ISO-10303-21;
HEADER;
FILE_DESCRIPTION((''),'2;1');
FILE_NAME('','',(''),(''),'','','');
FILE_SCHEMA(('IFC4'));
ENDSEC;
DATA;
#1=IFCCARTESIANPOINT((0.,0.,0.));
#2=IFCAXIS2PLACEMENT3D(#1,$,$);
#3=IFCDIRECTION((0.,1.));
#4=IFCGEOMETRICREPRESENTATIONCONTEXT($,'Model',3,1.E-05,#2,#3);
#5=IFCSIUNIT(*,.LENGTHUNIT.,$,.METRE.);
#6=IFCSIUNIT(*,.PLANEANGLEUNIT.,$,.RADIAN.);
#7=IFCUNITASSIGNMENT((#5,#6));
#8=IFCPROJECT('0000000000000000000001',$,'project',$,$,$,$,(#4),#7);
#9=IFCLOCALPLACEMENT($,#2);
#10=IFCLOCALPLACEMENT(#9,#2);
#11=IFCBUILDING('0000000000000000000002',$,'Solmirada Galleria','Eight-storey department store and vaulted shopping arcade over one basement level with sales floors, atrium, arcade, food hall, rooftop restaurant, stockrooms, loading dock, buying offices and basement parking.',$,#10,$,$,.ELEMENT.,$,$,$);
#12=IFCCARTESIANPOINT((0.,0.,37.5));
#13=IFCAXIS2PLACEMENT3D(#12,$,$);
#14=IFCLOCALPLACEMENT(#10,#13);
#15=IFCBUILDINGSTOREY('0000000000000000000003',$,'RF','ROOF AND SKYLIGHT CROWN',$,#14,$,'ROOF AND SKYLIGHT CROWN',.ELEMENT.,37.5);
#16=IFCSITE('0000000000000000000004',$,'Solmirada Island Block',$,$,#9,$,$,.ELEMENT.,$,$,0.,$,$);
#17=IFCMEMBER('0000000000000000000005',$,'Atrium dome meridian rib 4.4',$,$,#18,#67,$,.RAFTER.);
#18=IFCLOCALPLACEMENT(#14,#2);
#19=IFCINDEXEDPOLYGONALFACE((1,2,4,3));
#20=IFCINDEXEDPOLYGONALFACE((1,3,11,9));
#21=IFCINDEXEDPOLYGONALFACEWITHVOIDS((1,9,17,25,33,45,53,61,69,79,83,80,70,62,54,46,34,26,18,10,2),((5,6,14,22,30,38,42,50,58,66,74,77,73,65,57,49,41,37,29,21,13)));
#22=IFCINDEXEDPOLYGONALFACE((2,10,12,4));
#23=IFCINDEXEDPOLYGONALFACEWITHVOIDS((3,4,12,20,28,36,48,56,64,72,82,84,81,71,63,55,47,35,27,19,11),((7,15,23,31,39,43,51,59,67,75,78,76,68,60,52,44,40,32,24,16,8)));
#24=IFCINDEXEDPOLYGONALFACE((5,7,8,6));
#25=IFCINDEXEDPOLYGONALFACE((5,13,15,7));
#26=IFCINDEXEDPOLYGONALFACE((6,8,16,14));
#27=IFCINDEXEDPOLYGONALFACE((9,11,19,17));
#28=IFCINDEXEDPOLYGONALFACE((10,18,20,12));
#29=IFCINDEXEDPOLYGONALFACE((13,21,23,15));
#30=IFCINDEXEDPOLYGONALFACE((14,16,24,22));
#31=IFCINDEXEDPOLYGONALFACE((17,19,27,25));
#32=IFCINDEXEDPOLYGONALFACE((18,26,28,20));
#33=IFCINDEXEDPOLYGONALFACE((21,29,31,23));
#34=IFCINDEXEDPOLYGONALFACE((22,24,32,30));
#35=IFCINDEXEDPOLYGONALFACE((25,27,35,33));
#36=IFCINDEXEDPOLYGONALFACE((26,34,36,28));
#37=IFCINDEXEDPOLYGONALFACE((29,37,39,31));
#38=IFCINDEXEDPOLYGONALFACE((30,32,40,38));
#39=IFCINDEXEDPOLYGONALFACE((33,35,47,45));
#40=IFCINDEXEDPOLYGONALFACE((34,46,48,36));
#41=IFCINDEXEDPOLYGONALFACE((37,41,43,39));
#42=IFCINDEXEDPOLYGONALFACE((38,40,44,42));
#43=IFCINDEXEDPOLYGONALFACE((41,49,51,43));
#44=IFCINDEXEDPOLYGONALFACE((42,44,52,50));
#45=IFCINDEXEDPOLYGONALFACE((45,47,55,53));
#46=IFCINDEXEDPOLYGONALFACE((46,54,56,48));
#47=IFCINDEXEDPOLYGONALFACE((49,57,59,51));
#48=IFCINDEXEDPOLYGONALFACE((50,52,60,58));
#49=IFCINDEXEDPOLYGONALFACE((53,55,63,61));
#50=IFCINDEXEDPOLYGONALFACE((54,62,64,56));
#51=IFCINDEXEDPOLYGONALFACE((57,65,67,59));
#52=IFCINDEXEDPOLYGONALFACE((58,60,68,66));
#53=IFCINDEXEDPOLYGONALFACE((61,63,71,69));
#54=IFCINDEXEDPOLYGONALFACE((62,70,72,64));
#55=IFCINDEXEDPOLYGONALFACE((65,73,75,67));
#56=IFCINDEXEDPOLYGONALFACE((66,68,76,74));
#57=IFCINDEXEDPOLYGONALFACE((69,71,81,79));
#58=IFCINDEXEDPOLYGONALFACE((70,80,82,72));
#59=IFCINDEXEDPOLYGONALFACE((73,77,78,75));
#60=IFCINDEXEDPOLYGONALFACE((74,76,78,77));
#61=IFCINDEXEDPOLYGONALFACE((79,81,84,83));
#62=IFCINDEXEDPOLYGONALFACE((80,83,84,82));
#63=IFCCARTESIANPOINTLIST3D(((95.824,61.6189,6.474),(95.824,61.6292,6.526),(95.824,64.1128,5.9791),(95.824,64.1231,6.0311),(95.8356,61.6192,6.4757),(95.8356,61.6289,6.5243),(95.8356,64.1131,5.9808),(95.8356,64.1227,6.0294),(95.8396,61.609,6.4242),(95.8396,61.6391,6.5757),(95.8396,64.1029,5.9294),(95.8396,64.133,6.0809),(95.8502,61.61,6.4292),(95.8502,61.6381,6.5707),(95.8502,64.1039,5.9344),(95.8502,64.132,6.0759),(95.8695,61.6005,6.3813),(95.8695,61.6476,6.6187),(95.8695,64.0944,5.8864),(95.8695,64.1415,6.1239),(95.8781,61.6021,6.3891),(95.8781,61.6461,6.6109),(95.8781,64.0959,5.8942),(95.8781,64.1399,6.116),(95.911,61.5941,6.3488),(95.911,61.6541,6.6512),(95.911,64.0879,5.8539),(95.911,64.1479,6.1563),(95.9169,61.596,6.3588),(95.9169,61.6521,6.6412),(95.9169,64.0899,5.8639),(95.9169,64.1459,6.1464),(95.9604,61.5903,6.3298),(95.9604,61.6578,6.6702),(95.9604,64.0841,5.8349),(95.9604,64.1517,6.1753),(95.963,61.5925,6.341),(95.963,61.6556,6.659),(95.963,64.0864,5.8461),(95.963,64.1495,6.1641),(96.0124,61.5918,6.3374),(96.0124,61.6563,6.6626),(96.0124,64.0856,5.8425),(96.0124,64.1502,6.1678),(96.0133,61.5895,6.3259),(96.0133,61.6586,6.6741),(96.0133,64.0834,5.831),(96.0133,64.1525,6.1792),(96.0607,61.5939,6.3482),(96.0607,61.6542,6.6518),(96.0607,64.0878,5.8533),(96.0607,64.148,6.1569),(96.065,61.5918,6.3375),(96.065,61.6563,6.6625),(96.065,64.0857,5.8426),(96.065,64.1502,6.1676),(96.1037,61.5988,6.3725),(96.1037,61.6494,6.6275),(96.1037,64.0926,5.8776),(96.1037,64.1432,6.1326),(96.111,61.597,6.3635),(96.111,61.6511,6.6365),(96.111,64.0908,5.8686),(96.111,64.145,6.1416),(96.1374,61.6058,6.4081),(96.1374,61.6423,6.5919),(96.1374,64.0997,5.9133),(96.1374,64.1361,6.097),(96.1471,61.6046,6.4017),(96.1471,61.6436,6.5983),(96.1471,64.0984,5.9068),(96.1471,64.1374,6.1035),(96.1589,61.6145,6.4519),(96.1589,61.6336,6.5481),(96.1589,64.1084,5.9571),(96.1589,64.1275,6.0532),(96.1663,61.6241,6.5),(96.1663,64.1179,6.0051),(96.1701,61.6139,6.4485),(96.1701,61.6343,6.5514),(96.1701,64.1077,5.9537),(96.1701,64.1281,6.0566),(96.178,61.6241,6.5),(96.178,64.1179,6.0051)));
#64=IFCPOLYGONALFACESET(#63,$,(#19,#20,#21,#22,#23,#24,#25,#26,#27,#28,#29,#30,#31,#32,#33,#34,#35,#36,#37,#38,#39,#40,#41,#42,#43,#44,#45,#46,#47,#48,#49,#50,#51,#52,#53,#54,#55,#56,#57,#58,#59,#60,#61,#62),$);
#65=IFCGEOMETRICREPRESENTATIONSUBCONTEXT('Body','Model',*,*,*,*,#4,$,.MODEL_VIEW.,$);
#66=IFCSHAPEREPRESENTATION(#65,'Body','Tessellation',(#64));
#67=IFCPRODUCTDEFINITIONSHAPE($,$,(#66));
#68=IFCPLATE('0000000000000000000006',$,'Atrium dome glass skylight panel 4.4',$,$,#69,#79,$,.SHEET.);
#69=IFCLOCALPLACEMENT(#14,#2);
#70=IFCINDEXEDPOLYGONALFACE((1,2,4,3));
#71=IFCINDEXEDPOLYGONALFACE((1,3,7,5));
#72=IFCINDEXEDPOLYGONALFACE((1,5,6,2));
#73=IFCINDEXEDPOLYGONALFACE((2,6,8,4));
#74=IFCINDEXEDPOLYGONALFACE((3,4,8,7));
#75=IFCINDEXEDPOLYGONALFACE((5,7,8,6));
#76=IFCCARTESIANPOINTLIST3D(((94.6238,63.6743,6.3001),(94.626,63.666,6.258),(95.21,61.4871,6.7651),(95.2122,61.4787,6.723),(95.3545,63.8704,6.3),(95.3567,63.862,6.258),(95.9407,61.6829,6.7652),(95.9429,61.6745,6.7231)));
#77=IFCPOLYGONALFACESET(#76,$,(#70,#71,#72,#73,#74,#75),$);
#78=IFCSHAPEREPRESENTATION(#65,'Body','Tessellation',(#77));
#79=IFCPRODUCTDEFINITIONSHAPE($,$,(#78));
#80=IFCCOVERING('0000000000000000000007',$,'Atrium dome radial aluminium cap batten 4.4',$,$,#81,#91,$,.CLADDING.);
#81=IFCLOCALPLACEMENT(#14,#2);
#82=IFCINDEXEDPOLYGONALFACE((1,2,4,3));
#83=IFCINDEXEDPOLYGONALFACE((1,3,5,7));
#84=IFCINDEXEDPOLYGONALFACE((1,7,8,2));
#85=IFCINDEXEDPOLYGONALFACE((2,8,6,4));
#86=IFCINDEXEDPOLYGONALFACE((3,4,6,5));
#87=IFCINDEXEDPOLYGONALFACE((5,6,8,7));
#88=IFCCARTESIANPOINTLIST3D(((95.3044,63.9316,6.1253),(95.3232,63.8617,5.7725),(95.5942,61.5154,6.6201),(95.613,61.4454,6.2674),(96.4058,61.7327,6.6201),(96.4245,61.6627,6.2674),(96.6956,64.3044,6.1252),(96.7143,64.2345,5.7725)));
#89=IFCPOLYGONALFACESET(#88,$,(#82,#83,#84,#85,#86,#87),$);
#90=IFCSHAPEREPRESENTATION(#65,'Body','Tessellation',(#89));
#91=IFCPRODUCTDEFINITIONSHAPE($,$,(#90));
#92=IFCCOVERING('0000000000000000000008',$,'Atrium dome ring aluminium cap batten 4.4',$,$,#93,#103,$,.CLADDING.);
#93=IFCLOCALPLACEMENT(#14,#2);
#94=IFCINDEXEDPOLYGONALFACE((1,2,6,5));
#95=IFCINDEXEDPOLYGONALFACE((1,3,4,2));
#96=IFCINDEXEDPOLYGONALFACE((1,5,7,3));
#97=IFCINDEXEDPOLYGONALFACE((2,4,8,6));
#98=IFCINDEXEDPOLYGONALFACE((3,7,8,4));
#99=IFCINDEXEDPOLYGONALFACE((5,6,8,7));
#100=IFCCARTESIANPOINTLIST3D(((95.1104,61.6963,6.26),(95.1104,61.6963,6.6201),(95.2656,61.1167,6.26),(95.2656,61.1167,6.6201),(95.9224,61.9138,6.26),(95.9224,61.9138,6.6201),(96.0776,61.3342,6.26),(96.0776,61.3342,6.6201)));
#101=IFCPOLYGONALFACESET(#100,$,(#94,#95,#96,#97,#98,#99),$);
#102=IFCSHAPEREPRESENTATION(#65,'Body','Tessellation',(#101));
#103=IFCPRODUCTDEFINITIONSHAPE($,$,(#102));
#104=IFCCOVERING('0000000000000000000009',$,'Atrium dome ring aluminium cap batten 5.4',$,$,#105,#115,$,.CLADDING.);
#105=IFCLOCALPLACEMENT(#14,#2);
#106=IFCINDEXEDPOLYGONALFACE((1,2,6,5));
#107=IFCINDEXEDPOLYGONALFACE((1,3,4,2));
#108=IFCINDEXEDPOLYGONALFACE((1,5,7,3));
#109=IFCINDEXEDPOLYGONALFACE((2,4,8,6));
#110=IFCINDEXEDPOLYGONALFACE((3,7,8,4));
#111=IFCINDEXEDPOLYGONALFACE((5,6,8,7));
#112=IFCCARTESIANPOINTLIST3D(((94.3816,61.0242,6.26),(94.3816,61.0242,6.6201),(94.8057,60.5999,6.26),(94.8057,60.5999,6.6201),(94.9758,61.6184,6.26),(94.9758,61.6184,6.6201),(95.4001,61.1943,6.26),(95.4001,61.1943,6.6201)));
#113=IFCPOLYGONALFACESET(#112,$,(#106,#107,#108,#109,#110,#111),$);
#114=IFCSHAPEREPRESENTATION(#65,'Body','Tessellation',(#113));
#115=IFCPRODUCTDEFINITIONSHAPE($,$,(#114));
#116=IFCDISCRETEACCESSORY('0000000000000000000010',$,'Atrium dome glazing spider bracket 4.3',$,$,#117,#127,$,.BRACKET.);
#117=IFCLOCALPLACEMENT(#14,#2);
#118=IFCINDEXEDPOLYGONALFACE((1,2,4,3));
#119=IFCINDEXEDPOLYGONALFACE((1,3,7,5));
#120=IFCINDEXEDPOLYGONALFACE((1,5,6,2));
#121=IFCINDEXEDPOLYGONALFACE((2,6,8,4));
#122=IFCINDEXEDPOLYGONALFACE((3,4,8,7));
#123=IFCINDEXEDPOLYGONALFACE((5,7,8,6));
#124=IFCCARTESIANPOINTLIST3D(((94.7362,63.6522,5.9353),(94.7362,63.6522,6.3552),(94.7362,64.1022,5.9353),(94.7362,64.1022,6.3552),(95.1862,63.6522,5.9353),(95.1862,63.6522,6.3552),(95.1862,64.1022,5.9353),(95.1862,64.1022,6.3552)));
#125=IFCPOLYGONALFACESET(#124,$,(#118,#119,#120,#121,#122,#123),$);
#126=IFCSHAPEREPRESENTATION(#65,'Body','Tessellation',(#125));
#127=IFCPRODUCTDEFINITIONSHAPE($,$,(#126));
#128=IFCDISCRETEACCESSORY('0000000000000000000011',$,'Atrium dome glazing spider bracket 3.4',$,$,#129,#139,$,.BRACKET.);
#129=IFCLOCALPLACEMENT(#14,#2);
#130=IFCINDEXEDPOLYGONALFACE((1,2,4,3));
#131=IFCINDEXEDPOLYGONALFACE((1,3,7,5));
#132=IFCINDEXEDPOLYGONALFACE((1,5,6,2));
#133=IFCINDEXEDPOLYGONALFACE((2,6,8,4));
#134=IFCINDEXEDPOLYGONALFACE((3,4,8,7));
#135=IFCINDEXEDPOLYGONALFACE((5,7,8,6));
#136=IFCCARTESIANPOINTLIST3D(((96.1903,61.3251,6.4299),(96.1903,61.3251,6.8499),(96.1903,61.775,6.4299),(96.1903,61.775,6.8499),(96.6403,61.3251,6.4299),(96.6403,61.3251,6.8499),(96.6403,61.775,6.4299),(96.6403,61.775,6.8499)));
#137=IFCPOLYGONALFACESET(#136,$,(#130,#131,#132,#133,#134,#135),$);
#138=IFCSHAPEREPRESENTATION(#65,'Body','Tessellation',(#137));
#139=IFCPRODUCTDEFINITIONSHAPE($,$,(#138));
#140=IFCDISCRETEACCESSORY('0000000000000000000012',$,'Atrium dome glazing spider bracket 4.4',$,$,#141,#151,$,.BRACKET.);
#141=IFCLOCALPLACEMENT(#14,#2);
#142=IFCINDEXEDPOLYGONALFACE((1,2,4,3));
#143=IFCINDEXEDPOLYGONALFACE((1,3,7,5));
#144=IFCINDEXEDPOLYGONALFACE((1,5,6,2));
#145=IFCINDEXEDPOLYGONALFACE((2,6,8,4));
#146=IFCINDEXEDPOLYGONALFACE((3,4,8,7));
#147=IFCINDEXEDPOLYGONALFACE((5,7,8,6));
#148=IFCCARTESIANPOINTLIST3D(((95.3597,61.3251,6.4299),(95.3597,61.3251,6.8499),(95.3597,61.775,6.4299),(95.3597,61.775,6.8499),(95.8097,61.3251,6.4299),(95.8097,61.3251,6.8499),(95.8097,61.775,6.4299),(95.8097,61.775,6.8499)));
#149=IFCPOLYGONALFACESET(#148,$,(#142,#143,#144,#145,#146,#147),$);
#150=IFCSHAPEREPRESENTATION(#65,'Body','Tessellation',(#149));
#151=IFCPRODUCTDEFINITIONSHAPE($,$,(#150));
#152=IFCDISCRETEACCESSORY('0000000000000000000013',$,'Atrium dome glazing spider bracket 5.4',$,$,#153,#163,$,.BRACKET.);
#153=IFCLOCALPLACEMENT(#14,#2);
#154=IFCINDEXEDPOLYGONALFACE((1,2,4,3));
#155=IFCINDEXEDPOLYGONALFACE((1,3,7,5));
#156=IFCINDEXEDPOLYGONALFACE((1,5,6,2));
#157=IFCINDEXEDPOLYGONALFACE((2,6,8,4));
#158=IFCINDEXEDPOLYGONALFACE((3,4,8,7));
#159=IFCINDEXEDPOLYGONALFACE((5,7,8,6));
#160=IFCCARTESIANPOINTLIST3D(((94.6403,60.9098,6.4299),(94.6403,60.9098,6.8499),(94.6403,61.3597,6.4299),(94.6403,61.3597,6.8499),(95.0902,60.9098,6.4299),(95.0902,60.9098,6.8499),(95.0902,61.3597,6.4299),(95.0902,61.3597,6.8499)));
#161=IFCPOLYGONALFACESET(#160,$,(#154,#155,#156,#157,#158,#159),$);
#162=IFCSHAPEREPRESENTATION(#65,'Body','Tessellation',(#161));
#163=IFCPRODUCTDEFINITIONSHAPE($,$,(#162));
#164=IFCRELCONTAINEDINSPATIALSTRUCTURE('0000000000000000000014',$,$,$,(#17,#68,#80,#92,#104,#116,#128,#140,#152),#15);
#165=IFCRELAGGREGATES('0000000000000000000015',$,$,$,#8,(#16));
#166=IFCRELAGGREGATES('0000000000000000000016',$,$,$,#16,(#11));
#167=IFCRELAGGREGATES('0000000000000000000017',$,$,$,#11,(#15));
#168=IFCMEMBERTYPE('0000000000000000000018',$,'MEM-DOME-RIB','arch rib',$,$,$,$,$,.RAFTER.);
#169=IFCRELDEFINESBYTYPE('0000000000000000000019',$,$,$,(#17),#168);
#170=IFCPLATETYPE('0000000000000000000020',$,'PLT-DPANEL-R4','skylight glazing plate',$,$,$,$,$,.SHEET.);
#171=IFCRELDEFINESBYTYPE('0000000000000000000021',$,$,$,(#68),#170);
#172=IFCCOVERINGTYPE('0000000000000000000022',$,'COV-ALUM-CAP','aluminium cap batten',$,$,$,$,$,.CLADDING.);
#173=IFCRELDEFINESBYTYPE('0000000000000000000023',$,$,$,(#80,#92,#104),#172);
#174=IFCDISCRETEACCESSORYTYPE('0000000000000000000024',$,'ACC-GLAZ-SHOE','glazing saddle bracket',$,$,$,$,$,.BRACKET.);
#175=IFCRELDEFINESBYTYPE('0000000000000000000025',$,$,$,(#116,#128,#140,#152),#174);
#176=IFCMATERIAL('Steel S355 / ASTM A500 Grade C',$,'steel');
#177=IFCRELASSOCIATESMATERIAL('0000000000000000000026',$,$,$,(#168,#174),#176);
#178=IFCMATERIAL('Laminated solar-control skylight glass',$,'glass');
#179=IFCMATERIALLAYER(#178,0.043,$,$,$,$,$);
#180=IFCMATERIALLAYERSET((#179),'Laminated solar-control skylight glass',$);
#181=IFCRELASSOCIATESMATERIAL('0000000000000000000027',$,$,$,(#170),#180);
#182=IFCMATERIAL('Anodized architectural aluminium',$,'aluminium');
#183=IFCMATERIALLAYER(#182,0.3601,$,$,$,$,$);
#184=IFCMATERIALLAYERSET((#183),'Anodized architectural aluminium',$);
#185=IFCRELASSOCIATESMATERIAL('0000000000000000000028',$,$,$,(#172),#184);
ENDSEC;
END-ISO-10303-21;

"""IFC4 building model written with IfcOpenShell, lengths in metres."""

from ifc_helpers import new_model, si_unit, direction, frame, origin, origin_2d, place, context, subcontext, project, spatial, polyline, rectangle, hollow_circle, outline, extrude, material, layer, layer_set, material_profile, profile_set, type_object, element, save


model = new_model("IFC4")

# Units and contexts
model_context = context("Model", 3, precision=1e-05, world=origin(), true_north=direction((0.0, 1.0)))
body_context = subcontext(model_context, "Body", "Model", "MODEL_VIEW")
ifc_project = project(units=[si_unit("LENGTHUNIT", "METRE"), si_unit("PLANEANGLEUNIT", "RADIAN")], contexts=[model_context])

# Site, building, storey
site_placement = place(None, origin())
site = spatial("IfcSite", under=ifc_project, at=site_placement, Name="Solmirada Island Block", CompositionType="ELEMENT", RefElevation=0.0)
building_placement = place(site_placement, origin())
building = spatial("IfcBuilding", under=site, at=building_placement, Name="Solmirada Galleria", Description="Eight-storey department store and vaulted shopping arcade over one basement level with sales floors, atrium, arcade, food hall, rooftop restaurant, stockrooms, loading dock, buying offices and basement parking.", CompositionType="ELEMENT")
storey_placement = place(building_placement, frame((0.0, 0.0, 37.5)))
storey = spatial("IfcBuildingStorey", under=building, at=storey_placement, Name="RF", Description="ROOF AND SKYLIGHT CROWN", LongName="ROOF AND SKYLIGHT CROWN", CompositionType="ELEMENT", Elevation=37.5)

# Member
ifc_material_1 = material(Name="Steel S355 / ASTM A500 Grade C", Category="steel")
ifc_material_profile_1 = material_profile(ifc_material_1, hollow_circle(Radius=0.178, WallThickness=0.0117, at=origin_2d()), Name="HSS14.000X0.500")
ifc_profile_set_1 = profile_set([ifc_material_profile_1], Name="Steel S355 / ASTM A500 Grade C")
member_type_1 = type_object("IfcMemberType", Name="MEM-DOME-RIB", Description="arch rib", PredefinedType="RAFTER", material=ifc_profile_set_1)
member_1_placement = place(storey_placement, frame((96.0, 64.1179, 6.0051), z_axis=(0.0, -0.980875, 0.194639), x_axis=(1.0, 0.0, 0.0)))
element("IfcMember", 1, at=member_1_placement, inside=storey, type_object=member_type_1, Name="Atrium dome meridian rib 4.4", PredefinedType="RAFTER", context=body_context, shape_type="SweptSolid", body=[
    extrude(hollow_circle(Radius=0.178, WallThickness=0.0117, at=origin_2d()), origin(), (0.0, 0.0, 1.0), 2.5425),
])

# Plate
ifc_material_2 = material(Name="Laminated solar-control skylight glass", Category="glass")
ifc_layer_1 = layer(ifc_material_2, 0.043)
ifc_layer_set_1 = layer_set([ifc_layer_1], Name="Laminated solar-control skylight glass")
plate_type = type_object("IfcPlateType", Name="PLT-DPANEL-R4", Description="skylight glazing plate", PredefinedType="SHEET", material=ifc_layer_set_1)
plate_placement = place(storey_placement, frame((95.3545, 63.8704, 6.3), z_axis=(-0.052101, 0.194314, 0.979555), x_axis=(-0.965844, -0.259122, 0.000031)))
element("IfcPlate", 2, at=plate_placement, inside=storey, type_object=plate_type, Name="Atrium dome glass skylight panel 4.4", PredefinedType="SHEET", context=body_context, shape_type="SweptSolid", body=[
    extrude(outline(polyline([(0.0, 0.0), (0.7566, 0.0), (0.7572, 2.3117), (0.0007, 2.3119), (0.0, 0.0)])), origin(), (0.0, 0.0, -1.0), 0.043),
])

# Coverings
ifc_material_3 = material(Name="Anodized architectural aluminium", Category="aluminium")
ifc_layer_2 = layer(ifc_material_3, 0.3601)
ifc_layer_set_2 = layer_set([ifc_layer_2], Name="Anodized architectural aluminium")
covering_type = type_object("IfcCoveringType", Name="COV-ALUM-CAP", Description="aluminium cap batten", PredefinedType="CLADDING", material=ifc_layer_set_2)
covering_1_placement = place(storey_placement, frame((96.6956, 64.3044, 6.1252), z_axis=(-0.052071, 0.194365, 0.979546), x_axis=(-0.965917, -0.258851, 0.000016)))
element("IfcCovering", 3, at=covering_1_placement, inside=storey, type_object=covering_type, Name="Atrium dome radial aluminium cap batten 4.4", PredefinedType="CLADDING", context=body_context, shape_type="SweptSolid", body=[
    extrude(outline(polyline([(0.0, 0.0), (1.4402, 0.0), (1.7857, 2.4592), (0.9456, 2.4594), (0.0, 0.0)])), origin(), (0.0, 0.0, -1.0), 0.3601),
])
covering_2_placement = place(storey_placement, frame((95.9224, 61.9138, 6.6201), z_axis=(0.0, 0.0, 1.0), x_axis=(0.258777, -0.965937, 0.0)))
element("IfcCovering", 4, at=covering_2_placement, inside=storey, type_object=covering_type, Name="Atrium dome ring aluminium cap batten 4.4", PredefinedType="CLADDING", context=body_context, shape_type="SweptSolid", body=[
    extrude(outline(polyline([(0.0, 0.0), (0.6, 0.0), (0.6, -0.8406), (0.0, -0.8406), (0.0, 0.0)])), origin(), (0.0, 0.0, -1.0), 0.3601),
])
covering_3_placement = place(storey_placement, frame((94.9758, 61.6184, 6.6201), z_axis=(0.0, 0.0, 1.0), x_axis=(0.70731, -0.706903, 0.0)))
element("IfcCovering", 5, at=covering_3_placement, inside=storey, type_object=covering_type, Name="Atrium dome ring aluminium cap batten 5.4", PredefinedType="CLADDING", context=body_context, shape_type="SweptSolid", body=[
    extrude(outline(polyline([(0.0, 0.0), (0.5999, 0.0), (0.5997, -0.8407), (-0.0002, -0.8404), (0.0, 0.0)])), origin(), (0.0, 0.0, -1.0), 0.3601),
])

# Discrete accessories
discrete_accessory_type = type_object("IfcDiscreteAccessoryType", Name="ACC-GLAZ-SHOE", Description="glazing saddle bracket", PredefinedType="BRACKET", material=ifc_material_1)
for number, where, z_axis, x_axis, name in (
    (6, (94.9612, 63.8772, 5.9353), (0.0, 0.0, 1.0), (1.0, 0.0, 0.0), "Atrium dome glazing spider bracket 4.3"),
    (7, (96.4153, 61.55, 6.4299), (0.0, 0.0, 1.0), (1.0, 0.0, 0.0), "Atrium dome glazing spider bracket 3.4"),
    (8, (95.5847, 61.55, 6.4299), (0.0, 0.0, 1.0), (1.0, 0.0, 0.0), "Atrium dome glazing spider bracket 4.4"),
    (9, (94.8652, 61.1348, 6.4299), (0.0, 0.0, 1.0), (1.0, 0.0, 0.0), "Atrium dome glazing spider bracket 5.4"),
):
    element("IfcDiscreteAccessory", number, at=place(storey_placement, frame(where, z_axis=z_axis, x_axis=x_axis)), inside=storey, type_object=discrete_accessory_type, Name=name, PredefinedType="BRACKET", context=body_context, shape_type="SweptSolid", body=[
        extrude(rectangle(XDim=0.45, YDim=0.45, at=origin_2d()), origin(), (0.0, 0.0, 1.0), 0.4199),
    ])

save(model, "model.ifc")
